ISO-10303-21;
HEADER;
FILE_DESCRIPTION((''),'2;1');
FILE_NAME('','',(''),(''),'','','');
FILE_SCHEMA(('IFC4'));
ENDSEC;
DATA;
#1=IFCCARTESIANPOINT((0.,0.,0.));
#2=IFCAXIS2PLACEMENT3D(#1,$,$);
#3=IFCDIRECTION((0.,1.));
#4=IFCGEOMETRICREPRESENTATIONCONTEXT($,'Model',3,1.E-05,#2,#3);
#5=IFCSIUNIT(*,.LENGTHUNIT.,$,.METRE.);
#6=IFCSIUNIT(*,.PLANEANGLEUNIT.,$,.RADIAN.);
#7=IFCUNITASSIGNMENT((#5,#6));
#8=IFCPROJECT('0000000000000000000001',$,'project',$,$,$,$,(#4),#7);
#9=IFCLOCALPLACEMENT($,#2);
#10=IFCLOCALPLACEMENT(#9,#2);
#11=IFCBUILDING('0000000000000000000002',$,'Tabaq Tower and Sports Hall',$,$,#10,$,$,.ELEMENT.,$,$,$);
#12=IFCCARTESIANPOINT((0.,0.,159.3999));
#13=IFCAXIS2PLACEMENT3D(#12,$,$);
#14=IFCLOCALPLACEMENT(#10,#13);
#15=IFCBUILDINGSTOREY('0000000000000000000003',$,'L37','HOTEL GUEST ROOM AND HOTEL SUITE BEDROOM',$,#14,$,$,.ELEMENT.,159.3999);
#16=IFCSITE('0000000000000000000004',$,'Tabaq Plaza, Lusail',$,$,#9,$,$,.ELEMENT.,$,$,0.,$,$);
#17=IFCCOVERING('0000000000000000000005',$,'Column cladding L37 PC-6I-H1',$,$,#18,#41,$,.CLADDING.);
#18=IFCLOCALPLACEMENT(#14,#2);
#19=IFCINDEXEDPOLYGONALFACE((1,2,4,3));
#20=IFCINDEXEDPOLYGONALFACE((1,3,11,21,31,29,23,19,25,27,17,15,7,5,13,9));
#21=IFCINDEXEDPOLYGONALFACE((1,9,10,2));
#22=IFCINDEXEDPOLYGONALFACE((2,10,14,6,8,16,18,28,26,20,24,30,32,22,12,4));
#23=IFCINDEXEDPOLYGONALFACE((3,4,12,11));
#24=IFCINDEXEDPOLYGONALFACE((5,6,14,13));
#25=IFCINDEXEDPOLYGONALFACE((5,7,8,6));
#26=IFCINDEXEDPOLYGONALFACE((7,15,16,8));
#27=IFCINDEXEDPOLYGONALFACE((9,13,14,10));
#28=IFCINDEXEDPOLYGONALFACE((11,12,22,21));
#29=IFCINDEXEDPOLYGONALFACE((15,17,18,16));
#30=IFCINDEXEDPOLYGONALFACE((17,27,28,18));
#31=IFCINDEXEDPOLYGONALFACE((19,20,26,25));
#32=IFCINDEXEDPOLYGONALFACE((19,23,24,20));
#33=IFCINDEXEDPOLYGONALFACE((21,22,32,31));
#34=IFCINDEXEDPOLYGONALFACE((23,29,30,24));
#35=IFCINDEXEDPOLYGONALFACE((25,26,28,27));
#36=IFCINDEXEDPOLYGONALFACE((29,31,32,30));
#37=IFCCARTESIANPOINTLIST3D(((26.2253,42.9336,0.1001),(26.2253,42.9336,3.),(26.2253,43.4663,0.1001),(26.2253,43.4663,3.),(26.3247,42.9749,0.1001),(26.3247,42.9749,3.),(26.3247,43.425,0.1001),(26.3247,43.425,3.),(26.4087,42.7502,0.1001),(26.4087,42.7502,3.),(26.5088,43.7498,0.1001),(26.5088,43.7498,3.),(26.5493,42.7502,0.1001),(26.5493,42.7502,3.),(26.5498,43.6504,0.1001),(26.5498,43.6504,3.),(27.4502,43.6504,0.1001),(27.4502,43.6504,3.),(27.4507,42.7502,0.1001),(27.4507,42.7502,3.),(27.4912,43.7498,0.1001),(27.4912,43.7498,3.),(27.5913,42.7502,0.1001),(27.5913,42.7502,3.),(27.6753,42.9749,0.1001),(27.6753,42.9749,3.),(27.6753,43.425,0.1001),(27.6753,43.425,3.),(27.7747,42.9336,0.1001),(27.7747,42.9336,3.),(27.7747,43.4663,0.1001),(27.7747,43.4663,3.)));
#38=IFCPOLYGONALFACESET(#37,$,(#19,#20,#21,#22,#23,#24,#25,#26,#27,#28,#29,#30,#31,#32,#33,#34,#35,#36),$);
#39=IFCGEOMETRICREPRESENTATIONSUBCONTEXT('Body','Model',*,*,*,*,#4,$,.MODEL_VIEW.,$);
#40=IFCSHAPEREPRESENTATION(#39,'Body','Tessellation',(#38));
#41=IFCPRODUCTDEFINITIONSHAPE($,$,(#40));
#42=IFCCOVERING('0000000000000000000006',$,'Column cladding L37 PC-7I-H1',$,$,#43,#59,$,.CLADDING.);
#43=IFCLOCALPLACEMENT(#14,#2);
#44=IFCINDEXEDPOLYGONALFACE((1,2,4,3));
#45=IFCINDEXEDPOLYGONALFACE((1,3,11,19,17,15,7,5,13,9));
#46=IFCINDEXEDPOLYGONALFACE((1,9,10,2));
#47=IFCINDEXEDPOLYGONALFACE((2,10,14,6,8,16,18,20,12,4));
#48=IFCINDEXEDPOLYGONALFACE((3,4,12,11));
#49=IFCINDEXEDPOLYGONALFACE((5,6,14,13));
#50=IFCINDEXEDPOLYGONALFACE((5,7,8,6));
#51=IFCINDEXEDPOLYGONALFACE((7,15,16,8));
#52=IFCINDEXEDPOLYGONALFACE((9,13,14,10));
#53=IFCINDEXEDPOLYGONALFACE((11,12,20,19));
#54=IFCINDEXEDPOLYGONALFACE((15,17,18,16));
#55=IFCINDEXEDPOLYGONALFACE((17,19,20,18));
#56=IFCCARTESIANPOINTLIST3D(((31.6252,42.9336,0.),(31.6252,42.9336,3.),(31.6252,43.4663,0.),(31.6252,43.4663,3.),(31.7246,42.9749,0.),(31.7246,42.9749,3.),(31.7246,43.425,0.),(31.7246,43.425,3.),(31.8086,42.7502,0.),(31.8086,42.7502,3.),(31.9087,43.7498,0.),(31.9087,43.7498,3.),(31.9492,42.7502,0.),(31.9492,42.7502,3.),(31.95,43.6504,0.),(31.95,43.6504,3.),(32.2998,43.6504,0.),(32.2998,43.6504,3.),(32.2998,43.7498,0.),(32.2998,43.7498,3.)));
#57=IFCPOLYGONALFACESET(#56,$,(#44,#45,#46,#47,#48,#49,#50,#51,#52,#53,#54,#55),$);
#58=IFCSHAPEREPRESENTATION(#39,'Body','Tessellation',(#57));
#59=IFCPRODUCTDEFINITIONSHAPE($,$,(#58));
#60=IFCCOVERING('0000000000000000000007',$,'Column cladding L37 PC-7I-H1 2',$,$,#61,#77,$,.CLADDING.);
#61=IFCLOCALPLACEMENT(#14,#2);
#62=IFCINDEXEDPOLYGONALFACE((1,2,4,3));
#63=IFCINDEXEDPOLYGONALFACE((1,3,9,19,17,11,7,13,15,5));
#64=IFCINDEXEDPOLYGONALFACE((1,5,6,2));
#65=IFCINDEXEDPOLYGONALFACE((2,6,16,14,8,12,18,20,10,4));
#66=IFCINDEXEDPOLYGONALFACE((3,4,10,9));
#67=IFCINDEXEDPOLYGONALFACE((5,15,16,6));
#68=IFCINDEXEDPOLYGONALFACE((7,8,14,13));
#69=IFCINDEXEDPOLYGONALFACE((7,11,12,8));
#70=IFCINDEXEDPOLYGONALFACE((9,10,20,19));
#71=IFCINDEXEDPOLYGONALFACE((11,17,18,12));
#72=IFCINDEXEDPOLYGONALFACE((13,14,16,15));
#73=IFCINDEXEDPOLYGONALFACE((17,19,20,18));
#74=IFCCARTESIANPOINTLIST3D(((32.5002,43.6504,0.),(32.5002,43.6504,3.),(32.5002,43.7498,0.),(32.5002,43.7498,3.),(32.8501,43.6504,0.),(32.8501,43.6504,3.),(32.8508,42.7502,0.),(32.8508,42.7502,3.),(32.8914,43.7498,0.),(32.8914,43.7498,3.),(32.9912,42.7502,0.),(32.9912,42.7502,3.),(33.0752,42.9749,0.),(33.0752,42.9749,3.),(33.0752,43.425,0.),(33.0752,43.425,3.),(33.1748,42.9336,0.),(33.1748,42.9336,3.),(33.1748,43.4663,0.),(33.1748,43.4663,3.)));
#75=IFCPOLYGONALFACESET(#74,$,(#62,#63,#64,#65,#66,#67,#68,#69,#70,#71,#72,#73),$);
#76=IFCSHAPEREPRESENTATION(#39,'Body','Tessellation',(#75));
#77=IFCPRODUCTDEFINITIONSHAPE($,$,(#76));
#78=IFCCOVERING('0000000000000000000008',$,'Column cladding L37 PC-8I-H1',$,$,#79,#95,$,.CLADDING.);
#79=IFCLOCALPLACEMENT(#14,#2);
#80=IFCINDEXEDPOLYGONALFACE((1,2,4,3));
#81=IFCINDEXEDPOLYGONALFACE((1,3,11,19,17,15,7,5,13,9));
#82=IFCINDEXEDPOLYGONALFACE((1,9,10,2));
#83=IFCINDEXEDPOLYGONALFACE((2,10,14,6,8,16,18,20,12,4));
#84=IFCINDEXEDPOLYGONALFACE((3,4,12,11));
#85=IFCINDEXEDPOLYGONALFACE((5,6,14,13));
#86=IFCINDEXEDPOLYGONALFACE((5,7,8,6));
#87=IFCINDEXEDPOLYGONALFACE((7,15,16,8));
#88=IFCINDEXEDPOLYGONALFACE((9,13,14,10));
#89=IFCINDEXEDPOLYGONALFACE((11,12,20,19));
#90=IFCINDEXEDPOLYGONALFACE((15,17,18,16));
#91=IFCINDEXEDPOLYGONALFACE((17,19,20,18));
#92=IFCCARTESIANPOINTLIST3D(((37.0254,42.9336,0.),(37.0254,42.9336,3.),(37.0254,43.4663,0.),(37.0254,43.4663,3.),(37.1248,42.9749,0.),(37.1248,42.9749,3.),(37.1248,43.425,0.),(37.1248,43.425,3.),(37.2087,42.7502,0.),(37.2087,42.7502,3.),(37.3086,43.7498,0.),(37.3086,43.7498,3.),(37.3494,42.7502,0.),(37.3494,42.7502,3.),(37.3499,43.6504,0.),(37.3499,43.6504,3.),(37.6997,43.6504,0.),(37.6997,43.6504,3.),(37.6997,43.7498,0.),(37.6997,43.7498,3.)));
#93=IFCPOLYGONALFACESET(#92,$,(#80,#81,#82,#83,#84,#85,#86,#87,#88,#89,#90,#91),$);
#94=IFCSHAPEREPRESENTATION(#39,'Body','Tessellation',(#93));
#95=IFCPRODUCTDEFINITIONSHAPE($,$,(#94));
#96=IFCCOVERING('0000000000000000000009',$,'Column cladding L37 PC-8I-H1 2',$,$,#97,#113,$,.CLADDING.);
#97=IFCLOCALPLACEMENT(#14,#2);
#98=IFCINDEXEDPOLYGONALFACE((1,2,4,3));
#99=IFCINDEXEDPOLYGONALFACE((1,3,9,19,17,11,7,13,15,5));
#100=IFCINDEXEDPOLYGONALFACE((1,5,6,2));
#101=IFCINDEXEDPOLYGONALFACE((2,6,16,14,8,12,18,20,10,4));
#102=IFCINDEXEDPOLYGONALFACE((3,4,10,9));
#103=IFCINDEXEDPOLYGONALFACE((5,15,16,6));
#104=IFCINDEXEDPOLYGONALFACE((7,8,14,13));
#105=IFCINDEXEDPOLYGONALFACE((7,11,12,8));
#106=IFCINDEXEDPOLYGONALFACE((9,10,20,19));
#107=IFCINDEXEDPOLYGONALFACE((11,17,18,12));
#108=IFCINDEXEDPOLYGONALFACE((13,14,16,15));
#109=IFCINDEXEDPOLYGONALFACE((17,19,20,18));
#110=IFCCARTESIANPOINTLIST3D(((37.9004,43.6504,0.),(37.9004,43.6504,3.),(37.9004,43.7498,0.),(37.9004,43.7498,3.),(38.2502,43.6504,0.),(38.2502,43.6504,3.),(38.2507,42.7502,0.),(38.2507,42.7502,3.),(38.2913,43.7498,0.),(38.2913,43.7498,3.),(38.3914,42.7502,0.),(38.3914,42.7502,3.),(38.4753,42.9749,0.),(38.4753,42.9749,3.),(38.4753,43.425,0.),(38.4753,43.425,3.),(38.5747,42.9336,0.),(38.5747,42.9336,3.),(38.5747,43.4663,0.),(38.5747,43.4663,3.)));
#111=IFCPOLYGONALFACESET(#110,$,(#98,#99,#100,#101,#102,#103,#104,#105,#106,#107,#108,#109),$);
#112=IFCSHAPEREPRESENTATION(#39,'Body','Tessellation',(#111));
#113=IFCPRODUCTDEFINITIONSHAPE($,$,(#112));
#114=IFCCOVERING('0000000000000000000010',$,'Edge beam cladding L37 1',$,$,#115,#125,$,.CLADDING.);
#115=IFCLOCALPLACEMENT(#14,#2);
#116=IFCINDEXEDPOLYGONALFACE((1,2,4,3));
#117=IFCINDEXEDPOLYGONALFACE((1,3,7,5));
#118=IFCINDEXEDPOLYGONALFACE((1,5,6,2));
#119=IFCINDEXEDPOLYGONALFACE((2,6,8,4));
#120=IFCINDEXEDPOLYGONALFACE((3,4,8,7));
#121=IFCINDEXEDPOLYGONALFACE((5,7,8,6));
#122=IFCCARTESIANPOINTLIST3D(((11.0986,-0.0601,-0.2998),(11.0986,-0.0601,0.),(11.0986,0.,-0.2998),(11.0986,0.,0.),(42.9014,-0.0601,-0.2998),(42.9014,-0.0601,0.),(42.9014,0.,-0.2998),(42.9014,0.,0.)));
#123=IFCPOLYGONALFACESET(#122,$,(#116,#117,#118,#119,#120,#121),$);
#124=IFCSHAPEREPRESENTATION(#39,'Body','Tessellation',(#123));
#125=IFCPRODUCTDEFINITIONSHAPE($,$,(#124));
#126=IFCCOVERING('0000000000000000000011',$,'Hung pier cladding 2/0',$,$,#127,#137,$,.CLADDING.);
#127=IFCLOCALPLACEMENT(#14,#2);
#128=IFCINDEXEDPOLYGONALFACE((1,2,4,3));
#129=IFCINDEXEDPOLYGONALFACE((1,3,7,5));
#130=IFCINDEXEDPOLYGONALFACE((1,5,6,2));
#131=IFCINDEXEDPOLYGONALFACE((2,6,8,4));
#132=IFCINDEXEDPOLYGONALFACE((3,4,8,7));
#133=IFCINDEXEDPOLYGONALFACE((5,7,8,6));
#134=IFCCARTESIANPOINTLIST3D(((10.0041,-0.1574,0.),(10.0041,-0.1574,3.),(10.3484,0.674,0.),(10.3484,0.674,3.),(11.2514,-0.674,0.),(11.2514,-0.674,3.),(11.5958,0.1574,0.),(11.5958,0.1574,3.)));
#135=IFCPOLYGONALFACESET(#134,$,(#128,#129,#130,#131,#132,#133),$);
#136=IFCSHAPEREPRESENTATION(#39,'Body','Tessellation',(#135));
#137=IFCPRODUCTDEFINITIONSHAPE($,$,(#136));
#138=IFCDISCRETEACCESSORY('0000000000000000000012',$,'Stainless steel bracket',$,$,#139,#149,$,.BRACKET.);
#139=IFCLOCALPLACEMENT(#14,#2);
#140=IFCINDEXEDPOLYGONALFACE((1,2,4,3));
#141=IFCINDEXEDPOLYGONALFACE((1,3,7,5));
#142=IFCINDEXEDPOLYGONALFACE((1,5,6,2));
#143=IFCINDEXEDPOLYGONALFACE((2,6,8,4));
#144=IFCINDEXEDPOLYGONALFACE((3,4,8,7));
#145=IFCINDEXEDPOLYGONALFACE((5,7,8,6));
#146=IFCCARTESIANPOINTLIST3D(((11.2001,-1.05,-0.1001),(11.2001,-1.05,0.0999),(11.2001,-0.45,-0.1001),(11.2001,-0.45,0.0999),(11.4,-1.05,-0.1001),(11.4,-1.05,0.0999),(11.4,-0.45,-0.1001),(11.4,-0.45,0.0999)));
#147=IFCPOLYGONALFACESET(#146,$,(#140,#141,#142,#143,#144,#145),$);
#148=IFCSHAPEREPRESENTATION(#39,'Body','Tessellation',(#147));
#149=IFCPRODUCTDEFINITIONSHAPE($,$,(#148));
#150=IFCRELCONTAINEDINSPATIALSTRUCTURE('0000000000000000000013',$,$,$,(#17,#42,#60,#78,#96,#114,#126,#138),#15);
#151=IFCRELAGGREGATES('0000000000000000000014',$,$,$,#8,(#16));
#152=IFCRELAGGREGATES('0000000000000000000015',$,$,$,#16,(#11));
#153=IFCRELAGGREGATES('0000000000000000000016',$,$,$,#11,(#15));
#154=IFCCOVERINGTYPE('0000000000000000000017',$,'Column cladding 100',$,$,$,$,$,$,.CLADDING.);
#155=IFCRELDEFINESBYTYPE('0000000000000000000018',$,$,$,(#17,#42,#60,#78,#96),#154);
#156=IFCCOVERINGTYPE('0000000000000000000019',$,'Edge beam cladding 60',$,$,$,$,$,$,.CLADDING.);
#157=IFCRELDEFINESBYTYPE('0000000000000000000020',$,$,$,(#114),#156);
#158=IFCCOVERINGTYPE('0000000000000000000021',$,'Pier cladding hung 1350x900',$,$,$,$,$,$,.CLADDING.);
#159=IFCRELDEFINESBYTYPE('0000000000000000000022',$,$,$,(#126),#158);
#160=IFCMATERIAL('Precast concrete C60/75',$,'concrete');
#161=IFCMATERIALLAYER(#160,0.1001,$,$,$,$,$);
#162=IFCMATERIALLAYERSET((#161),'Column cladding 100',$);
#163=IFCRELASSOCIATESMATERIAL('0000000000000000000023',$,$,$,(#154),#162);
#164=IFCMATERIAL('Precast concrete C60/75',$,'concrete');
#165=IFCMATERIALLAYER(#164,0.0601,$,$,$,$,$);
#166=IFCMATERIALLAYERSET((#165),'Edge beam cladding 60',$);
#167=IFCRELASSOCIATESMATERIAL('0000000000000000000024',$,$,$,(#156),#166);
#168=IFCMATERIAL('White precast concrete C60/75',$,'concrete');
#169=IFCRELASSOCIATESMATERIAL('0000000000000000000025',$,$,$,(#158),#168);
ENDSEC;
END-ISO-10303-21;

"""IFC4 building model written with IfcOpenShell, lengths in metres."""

from ifc_helpers import new_model, si_unit, direction, frame, frame_2d, origin, origin_2d, place, context, subcontext, project, spatial, polyline, rectangle, outline, extrude, material, layer, layer_set, type_object, element, save


model = new_model("IFC4")

# Units and contexts
model_context = context("Model", 3, precision=1e-05, world=origin(), true_north=direction((0.0, 1.0)))
body_context = subcontext(model_context, "Body", "Model", "MODEL_VIEW")
ifc_project = project(units=[si_unit("LENGTHUNIT", "METRE"), si_unit("PLANEANGLEUNIT", "RADIAN")], contexts=[model_context])

# Site, building, storey
site_placement = place(None, origin())
site = spatial("IfcSite", under=ifc_project, at=site_placement, Name="Tabaq Plaza, Lusail", CompositionType="ELEMENT", RefElevation=0.0)
building_placement = place(site_placement, origin())
building = spatial("IfcBuilding", under=site, at=building_placement, Name="Tabaq Tower and Sports Hall", CompositionType="ELEMENT")
storey_placement = place(building_placement, frame((0.0, 0.0, 159.3999)))
storey = spatial("IfcBuildingStorey", under=building, at=storey_placement, Name="L37", Description="HOTEL GUEST ROOM AND HOTEL SUITE BEDROOM", CompositionType="ELEMENT", Elevation=159.3999)

# Coverings
ifc_material_1 = material(Name="Precast concrete C60/75", Category="concrete")
ifc_layer_1 = layer(ifc_material_1, 0.1001)
ifc_layer_set_1 = layer_set([ifc_layer_1], Name="Column cladding 100")
covering_type_1 = type_object("IfcCoveringType", Name="Column cladding 100", PredefinedType="CLADDING", material=ifc_layer_set_1)
covering_1_placement = place(storey_placement, frame((0.0, 0.0, 0.1001)))
element("IfcCovering", 1, at=covering_1_placement, inside=storey, type_object=covering_type_1, Name="Column cladding L37 PC-6I-H1", PredefinedType="CLADDING", context=body_context, shape_type="SweptSolid", body=[
    extrude(outline(polyline([(26.2253, 43.4663), (26.5088, 43.7498), (27.4912, 43.7498), (27.7747, 43.4663), (27.7747, 42.9336), (27.5913, 42.7502), (27.4507, 42.7502), (27.6753, 42.9749), (27.6753, 43.425), (27.4502, 43.6504), (26.5498, 43.6504), (26.3247, 43.425), (26.3247, 42.9749), (26.5493, 42.7502), (26.4087, 42.7502), (26.2253, 42.9336), (26.2253, 43.4663)])), origin(), (0.0, 0.0, 1.0), 2.8999),
])
covering_2_placement = place(storey_placement, origin())
element("IfcCovering", 2, at=covering_2_placement, inside=storey, type_object=covering_type_1, Name="Column cladding L37 PC-7I-H1", PredefinedType="CLADDING", context=body_context, shape_type="SweptSolid", body=[
    extrude(outline(polyline([(31.6252, 43.4663), (31.9087, 43.7498), (32.2998, 43.7498), (32.2998, 43.6504), (31.95, 43.6504), (31.7246, 43.425), (31.7246, 42.9749), (31.9492, 42.7502), (31.8086, 42.7502), (31.6252, 42.9336), (31.6252, 43.4663)])), origin(), (0.0, 0.0, 1.0), 3.0),
])
covering_3_placement = place(storey_placement, origin())
element("IfcCovering", 3, at=covering_3_placement, inside=storey, type_object=covering_type_1, Name="Column cladding L37 PC-7I-H1 2", PredefinedType="CLADDING", context=body_context, shape_type="SweptSolid", body=[
    extrude(outline(polyline([(32.8914, 43.7498), (33.1748, 43.4663), (33.1748, 42.9336), (32.9912, 42.7502), (32.8508, 42.7502), (33.0752, 42.9749), (33.0752, 43.425), (32.8501, 43.6504), (32.5002, 43.6504), (32.5002, 43.7498), (32.8914, 43.7498)])), origin(), (0.0, 0.0, 1.0), 3.0),
])
covering_4_placement = place(storey_placement, origin())
element("IfcCovering", 4, at=covering_4_placement, inside=storey, type_object=covering_type_1, Name="Column cladding L37 PC-8I-H1", PredefinedType="CLADDING", context=body_context, shape_type="SweptSolid", body=[
    extrude(outline(polyline([(37.0254, 43.4663), (37.3086, 43.7498), (37.6997, 43.7498), (37.6997, 43.6504), (37.3499, 43.6504), (37.1248, 43.425), (37.1248, 42.9749), (37.3494, 42.7502), (37.2087, 42.7502), (37.0254, 42.9336), (37.0254, 43.4663)])), origin(), (0.0, 0.0, 1.0), 3.0),
])
covering_5_placement = place(storey_placement, origin())
element("IfcCovering", 5, at=covering_5_placement, inside=storey, type_object=covering_type_1, Name="Column cladding L37 PC-8I-H1 2", PredefinedType="CLADDING", context=body_context, shape_type="SweptSolid", body=[
    extrude(outline(polyline([(38.2913, 43.7498), (38.5747, 43.4663), (38.5747, 42.9336), (38.3914, 42.7502), (38.2507, 42.7502), (38.4753, 42.9749), (38.4753, 43.425), (38.2502, 43.6504), (37.9004, 43.6504), (37.9004, 43.7498), (38.2913, 43.7498)])), origin(), (0.0, 0.0, 1.0), 3.0),
])
ifc_material_2 = material(Name="Precast concrete C60/75", Category="concrete")
ifc_layer_2 = layer(ifc_material_2, 0.0601)
ifc_layer_set_2 = layer_set([ifc_layer_2], Name="Edge beam cladding 60")
covering_type_2 = type_object("IfcCoveringType", Name="Edge beam cladding 60", PredefinedType="CLADDING", material=ifc_layer_set_2)
covering_6_placement = place(storey_placement, frame((11.0986, -0.03, -0.2998), z_axis=(0.0, 0.0, 1.0), x_axis=(1.0, 0.0, 0.0)))
element("IfcCovering", 6, at=covering_6_placement, inside=storey, type_object=covering_type_2, Name="Edge beam cladding L37 1", PredefinedType="CLADDING", context=body_context, shape_type="SweptSolid", body=[
    extrude(rectangle(XDim=31.8027, YDim=0.0601, at=frame_2d((15.9014, 0.0))), origin(), (0.0, 0.0, 1.0), 0.2998),
])
ifc_material_3 = material(Name="White precast concrete C60/75", Category="concrete")
covering_type_3 = type_object("IfcCoveringType", Name="Pier cladding hung 1350x900", PredefinedType="CLADDING", material=ifc_material_3)
covering_7_placement = place(storey_placement, frame((10.1763, 0.2583, 0.0), z_axis=(0.0, 0.0, 1.0), x_axis=(0.923893, -0.38265, 0.0)))
element("IfcCovering", 7, at=covering_7_placement, inside=storey, type_object=covering_type_3, Name="Hung pier cladding 2/0", PredefinedType="CLADDING", context=body_context, shape_type="SweptSolid", body=[
    extrude(rectangle(XDim=1.3501, YDim=0.8999, at=frame_2d((0.675, 0.0))), origin(), (0.0, 0.0, 1.0), 3.0),
])

# Discrete accessory
discrete_accessory_placement = place(storey_placement, frame((11.3, -0.75, -0.1001), z_axis=(0.0, 0.0, 1.0), x_axis=(0.0, -1.0, 0.0)))
element("IfcDiscreteAccessory", 8, at=discrete_accessory_placement, inside=storey, Name="Stainless steel bracket", PredefinedType="BRACKET", context=body_context, shape_type="SweptSolid", body=[
    extrude(rectangle(XDim=0.6001, YDim=0.2, at=origin_2d()), origin(), (0.0, 0.0, 1.0), 0.2),
])

save(model, "model.ifc")
